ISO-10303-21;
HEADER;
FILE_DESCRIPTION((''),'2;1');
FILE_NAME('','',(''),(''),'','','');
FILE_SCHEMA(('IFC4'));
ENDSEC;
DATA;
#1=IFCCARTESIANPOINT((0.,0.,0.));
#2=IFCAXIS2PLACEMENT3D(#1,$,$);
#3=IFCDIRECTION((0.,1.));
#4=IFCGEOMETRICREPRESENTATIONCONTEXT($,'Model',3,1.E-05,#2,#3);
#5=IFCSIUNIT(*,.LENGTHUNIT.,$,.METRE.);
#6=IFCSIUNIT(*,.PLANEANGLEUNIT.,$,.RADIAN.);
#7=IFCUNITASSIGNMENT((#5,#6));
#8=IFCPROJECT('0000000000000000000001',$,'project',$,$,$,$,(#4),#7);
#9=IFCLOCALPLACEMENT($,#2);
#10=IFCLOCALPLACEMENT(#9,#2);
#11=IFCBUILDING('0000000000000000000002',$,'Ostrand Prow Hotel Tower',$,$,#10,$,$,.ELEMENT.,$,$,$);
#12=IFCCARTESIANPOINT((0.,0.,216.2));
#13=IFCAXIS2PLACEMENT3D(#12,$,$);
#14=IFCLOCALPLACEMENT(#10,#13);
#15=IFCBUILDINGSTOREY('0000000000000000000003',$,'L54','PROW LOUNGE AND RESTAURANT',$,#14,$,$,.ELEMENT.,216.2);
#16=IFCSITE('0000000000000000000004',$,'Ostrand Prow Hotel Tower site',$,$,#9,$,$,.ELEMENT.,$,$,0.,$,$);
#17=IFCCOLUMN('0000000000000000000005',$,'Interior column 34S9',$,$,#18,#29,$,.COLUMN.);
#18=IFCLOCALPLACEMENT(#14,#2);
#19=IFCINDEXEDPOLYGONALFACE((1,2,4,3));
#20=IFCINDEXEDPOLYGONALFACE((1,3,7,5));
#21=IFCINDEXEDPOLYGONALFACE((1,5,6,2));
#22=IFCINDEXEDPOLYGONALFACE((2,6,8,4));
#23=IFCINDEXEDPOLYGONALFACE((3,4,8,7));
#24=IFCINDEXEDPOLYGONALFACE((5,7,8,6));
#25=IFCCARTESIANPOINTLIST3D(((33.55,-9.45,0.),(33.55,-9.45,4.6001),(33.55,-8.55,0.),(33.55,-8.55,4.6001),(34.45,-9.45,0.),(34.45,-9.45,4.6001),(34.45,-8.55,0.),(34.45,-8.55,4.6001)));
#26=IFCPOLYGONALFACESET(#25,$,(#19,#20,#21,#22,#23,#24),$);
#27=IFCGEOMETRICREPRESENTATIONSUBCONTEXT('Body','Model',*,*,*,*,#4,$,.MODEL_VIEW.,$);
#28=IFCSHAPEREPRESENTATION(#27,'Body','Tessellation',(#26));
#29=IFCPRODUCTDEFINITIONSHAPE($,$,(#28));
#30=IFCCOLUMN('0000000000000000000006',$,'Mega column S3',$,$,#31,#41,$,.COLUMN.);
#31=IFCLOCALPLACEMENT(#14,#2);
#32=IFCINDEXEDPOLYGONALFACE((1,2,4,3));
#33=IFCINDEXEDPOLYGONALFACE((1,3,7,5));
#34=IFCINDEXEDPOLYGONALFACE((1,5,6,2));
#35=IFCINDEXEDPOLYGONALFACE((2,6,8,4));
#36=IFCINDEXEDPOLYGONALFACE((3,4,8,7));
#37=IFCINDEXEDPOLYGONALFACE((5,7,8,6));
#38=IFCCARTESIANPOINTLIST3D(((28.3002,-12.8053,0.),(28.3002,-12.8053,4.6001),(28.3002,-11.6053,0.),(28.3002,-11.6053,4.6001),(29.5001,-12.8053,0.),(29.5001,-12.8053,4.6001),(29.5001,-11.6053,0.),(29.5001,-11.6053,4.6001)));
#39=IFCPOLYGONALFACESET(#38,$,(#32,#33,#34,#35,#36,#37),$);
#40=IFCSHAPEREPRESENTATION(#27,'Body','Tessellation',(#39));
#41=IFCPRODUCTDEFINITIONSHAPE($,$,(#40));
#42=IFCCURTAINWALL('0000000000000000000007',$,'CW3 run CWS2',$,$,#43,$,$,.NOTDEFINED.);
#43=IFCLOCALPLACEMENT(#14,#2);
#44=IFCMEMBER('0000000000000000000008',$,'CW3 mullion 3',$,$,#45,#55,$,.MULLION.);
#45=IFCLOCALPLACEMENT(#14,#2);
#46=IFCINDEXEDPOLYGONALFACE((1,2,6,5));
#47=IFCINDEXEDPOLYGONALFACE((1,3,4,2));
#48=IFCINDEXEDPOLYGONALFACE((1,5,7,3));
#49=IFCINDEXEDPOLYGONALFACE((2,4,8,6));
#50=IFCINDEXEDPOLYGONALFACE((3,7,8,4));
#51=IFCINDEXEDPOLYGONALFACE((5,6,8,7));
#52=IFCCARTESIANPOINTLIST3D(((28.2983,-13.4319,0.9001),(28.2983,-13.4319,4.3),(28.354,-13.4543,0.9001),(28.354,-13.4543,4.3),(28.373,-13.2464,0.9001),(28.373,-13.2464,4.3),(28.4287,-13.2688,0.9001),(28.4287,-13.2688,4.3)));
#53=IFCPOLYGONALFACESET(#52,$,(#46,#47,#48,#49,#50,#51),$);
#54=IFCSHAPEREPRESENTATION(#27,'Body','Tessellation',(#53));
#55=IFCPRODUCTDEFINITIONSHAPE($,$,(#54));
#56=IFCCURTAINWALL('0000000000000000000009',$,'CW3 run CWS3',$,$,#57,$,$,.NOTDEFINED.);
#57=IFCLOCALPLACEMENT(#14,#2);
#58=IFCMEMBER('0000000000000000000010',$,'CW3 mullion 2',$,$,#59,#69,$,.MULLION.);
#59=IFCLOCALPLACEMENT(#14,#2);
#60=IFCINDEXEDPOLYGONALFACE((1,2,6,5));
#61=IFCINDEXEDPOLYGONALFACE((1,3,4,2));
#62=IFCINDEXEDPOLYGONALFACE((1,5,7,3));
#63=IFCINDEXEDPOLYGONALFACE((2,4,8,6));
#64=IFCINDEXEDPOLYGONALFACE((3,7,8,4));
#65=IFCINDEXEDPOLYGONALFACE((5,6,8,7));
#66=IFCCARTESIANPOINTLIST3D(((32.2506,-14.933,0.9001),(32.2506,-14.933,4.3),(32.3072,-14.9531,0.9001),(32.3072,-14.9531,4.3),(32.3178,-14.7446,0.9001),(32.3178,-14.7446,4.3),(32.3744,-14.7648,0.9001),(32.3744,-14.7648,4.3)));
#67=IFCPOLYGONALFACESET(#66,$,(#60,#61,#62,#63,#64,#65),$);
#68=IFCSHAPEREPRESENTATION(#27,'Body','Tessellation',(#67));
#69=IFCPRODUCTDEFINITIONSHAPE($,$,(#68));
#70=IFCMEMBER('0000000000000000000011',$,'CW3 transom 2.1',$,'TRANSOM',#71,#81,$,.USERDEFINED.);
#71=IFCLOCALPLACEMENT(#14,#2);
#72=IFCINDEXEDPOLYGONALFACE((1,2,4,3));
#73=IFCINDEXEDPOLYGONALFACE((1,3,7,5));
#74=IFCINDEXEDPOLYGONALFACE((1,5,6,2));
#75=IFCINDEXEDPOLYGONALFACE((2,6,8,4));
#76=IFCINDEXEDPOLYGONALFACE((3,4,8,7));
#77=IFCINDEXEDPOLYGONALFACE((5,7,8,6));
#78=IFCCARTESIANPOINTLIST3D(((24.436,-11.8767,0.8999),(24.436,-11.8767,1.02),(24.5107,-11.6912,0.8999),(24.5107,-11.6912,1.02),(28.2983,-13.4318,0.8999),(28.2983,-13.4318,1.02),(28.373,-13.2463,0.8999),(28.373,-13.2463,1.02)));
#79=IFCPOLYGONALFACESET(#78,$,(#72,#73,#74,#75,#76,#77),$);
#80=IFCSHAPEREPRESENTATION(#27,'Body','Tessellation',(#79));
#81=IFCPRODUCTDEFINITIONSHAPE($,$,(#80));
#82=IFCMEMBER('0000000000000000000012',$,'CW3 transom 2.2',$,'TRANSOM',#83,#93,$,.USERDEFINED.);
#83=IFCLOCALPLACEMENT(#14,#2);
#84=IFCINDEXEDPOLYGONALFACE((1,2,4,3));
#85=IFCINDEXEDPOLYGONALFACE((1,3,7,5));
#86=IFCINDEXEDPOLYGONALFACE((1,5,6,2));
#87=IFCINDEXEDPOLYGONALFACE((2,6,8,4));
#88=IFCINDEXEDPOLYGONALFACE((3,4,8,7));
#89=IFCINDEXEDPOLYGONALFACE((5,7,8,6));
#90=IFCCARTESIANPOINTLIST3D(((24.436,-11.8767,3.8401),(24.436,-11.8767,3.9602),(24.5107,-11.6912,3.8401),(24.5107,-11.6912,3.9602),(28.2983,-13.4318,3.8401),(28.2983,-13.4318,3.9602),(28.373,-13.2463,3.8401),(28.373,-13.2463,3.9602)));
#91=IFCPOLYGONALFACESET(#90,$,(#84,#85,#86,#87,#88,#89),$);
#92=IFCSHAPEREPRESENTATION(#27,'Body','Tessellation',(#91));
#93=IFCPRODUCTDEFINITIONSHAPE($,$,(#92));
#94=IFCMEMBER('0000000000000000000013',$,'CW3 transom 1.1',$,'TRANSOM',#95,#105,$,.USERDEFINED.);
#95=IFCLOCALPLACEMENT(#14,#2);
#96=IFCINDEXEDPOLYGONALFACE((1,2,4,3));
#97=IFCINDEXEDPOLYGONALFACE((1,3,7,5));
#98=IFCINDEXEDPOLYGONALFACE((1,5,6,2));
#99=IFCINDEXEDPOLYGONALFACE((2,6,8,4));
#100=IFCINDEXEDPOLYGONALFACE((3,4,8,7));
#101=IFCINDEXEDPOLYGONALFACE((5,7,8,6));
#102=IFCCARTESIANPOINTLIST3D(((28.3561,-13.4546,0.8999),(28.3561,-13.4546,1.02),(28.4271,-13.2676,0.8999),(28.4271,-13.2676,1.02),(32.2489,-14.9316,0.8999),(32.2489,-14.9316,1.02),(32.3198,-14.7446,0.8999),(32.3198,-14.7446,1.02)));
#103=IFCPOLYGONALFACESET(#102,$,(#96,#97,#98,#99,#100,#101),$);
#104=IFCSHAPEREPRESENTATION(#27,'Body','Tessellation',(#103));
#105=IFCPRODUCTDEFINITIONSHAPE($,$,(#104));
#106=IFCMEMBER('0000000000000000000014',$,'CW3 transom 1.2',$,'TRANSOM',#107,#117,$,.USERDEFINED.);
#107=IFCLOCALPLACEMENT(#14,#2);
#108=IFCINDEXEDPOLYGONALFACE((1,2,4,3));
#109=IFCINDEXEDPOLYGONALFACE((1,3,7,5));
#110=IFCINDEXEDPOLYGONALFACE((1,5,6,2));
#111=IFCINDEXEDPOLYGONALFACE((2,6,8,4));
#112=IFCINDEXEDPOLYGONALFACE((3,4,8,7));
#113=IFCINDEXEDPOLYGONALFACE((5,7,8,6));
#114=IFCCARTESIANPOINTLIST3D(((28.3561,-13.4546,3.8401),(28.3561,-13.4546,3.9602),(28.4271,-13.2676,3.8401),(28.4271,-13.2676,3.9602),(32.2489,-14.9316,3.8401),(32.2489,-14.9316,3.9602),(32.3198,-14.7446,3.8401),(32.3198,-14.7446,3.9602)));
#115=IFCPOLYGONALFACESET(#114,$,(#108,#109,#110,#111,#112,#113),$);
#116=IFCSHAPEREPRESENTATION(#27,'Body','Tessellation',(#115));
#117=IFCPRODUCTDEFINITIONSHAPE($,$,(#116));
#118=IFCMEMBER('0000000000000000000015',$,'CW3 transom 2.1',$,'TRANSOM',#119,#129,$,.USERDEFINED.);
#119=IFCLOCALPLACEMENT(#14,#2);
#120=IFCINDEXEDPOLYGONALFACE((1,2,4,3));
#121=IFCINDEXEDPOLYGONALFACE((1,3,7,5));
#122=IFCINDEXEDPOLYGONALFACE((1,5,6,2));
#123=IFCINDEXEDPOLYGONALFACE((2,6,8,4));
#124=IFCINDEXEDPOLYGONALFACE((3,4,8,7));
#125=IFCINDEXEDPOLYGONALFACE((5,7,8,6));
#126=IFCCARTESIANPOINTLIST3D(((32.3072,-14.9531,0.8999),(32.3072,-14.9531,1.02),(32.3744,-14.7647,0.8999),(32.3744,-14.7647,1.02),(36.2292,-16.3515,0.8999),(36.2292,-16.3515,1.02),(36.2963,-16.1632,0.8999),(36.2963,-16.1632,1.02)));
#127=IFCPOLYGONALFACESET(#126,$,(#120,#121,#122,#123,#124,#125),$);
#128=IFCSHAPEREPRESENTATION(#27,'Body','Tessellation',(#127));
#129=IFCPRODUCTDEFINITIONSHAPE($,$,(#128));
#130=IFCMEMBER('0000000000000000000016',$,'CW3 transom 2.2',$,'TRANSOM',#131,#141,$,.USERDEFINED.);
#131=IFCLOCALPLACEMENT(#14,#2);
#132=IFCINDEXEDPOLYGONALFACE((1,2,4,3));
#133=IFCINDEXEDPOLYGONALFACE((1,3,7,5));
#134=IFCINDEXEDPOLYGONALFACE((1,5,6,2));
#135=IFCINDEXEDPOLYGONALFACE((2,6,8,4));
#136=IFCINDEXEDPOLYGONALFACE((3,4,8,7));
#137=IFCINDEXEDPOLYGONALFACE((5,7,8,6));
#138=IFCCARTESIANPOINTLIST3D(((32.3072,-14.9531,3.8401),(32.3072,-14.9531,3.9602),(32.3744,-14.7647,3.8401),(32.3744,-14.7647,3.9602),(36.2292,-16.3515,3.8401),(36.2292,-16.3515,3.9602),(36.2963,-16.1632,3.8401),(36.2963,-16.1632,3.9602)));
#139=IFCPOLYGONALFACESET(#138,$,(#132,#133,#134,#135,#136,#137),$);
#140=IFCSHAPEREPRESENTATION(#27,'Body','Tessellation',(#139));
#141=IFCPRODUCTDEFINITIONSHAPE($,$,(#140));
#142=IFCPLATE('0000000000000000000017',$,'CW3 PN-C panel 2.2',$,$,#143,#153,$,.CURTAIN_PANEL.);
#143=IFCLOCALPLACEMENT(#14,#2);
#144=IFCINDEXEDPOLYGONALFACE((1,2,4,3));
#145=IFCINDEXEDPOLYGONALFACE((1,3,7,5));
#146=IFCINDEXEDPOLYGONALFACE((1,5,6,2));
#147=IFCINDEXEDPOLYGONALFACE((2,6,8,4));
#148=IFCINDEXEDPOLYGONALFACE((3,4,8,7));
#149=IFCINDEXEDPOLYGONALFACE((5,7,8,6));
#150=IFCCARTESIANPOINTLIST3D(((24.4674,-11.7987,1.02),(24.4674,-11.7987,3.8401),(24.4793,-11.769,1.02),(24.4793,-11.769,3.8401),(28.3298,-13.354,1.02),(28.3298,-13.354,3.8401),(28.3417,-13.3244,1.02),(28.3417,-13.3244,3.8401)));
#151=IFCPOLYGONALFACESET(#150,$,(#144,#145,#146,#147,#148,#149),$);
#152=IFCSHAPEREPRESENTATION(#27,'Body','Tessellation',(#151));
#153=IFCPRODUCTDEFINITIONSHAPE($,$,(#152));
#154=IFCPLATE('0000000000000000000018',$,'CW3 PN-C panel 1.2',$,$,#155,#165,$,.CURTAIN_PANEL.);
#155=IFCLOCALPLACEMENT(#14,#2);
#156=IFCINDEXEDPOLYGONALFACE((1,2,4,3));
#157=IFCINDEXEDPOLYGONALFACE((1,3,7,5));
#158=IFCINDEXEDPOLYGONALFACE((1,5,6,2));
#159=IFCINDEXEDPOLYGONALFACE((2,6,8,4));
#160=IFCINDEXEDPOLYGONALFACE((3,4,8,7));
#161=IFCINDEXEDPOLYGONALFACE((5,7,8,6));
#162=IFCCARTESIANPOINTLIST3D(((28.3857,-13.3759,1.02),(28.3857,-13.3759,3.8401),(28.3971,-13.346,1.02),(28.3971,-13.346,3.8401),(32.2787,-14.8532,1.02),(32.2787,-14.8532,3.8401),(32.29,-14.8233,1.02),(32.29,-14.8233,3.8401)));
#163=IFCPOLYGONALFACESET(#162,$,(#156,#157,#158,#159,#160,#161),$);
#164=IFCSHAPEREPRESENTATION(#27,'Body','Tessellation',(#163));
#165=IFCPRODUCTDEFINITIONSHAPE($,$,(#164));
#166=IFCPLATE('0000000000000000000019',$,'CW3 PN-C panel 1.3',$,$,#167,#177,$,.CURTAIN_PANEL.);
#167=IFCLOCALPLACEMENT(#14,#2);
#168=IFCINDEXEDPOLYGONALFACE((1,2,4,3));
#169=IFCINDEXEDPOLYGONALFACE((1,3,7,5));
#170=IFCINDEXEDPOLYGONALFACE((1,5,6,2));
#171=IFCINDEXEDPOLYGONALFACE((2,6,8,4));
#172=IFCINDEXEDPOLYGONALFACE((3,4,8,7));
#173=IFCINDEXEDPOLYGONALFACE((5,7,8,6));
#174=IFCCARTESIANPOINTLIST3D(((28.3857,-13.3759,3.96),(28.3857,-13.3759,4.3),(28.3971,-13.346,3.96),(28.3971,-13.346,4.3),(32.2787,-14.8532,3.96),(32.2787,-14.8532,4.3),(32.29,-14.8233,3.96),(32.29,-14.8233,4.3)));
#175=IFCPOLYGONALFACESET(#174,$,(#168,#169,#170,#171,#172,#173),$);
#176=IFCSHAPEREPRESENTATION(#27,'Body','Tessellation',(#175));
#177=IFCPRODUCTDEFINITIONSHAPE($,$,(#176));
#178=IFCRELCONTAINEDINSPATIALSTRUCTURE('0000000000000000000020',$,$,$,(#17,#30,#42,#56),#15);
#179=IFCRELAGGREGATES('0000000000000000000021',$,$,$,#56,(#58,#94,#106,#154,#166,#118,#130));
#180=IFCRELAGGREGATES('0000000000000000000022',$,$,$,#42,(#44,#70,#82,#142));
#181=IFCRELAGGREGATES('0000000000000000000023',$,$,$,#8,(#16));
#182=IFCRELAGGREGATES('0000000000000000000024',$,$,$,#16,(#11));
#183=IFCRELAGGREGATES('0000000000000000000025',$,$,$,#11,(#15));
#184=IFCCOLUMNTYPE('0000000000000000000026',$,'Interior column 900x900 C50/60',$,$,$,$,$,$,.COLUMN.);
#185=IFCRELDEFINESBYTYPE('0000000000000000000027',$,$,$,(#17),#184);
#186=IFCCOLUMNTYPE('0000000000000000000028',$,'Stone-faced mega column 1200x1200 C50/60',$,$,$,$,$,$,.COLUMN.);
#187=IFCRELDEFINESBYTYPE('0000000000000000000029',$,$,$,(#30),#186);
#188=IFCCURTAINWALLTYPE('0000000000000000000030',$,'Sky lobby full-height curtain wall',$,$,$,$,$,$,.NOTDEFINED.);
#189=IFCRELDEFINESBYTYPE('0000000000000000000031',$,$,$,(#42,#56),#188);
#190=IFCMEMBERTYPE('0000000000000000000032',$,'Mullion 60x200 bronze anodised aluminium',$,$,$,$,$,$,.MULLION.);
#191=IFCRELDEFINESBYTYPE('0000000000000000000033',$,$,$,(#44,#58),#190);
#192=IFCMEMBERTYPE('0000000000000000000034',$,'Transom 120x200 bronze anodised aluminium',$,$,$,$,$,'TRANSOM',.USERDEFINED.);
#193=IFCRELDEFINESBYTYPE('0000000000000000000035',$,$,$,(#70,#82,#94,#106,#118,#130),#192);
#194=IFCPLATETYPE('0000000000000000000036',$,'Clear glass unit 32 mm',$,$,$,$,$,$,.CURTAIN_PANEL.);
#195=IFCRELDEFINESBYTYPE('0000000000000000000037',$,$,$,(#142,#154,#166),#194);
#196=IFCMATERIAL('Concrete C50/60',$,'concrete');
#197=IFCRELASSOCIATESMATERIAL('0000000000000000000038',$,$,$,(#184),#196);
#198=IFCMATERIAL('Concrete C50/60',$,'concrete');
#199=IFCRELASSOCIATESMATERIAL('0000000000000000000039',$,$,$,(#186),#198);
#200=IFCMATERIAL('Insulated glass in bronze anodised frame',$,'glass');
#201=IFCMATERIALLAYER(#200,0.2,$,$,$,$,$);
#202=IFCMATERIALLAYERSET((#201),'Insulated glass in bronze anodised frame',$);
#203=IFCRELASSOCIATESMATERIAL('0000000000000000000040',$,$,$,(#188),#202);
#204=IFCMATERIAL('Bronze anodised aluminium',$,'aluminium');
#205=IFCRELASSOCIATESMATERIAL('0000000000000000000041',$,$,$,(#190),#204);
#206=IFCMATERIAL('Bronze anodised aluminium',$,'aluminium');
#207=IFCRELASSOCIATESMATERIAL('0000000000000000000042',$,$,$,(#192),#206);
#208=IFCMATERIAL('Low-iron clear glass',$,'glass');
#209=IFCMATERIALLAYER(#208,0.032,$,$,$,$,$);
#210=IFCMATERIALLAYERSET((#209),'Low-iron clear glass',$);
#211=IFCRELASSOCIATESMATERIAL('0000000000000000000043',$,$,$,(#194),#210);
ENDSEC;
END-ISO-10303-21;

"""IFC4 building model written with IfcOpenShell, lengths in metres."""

from ifc_helpers import new_model, si_unit, direction, frame, origin, origin_2d, place, context, subcontext, project, spatial, rectangle, extrude, material, layer, layer_set, material_profile, profile_set, type_object, element, aggregate, save


model = new_model("IFC4")

# Units and contexts
model_context = context("Model", 3, precision=1e-05, world=origin(), true_north=direction((0.0, 1.0)))
body_context = subcontext(model_context, "Body", "Model", "MODEL_VIEW")
ifc_project = project(units=[si_unit("LENGTHUNIT", "METRE"), si_unit("PLANEANGLEUNIT", "RADIAN")], contexts=[model_context])

# Site, building, storey
site_placement = place(None, origin())
site = spatial("IfcSite", under=ifc_project, at=site_placement, Name="Ostrand Prow Hotel Tower site", CompositionType="ELEMENT", RefElevation=0.0)
building_placement = place(site_placement, origin())
building = spatial("IfcBuilding", under=site, at=building_placement, Name="Ostrand Prow Hotel Tower", CompositionType="ELEMENT")
storey_placement = place(building_placement, frame((0.0, 0.0, 216.2)))
storey = spatial("IfcBuildingStorey", under=building, at=storey_placement, Name="L54", Description="PROW LOUNGE AND RESTAURANT", CompositionType="ELEMENT", Elevation=216.2)

# Columns
ifc_material_1 = material(Name="Concrete C50/60", Category="concrete")
ifc_material_profile_1 = material_profile(ifc_material_1, rectangle(XDim=0.8999, YDim=0.8999, at=origin_2d()), Name="RC 900x900")
ifc_profile_set_1 = profile_set([ifc_material_profile_1], Name="Concrete C50/60")
column_type_1 = type_object("IfcColumnType", Name="Interior column 900x900 C50/60", PredefinedType="COLUMN", material=ifc_profile_set_1)
column_1_placement = place(storey_placement, frame((34.0, -9.0, 0.0), z_axis=(0.0, 0.0, 1.0), x_axis=(1.0, 0.0, 0.0)))
element("IfcColumn", 1, at=column_1_placement, inside=storey, type_object=column_type_1, Name="Interior column 34S9", PredefinedType="COLUMN", context=body_context, shape_type="SweptSolid", body=[
    extrude(rectangle(XDim=0.8999, YDim=0.8999, at=origin_2d()), origin(), (0.0, 0.0, 1.0), 4.6001),
])
ifc_material_2 = material(Name="Concrete C50/60", Category="concrete")
ifc_material_profile_2 = material_profile(ifc_material_2, rectangle(XDim=1.2, YDim=1.2, at=origin_2d()), Name="RC 1200x1200")
ifc_profile_set_2 = profile_set([ifc_material_profile_2], Name="Concrete C50/60")
column_type_2 = type_object("IfcColumnType", Name="Stone-faced mega column 1200x1200 C50/60", PredefinedType="COLUMN", material=ifc_profile_set_2)
column_2_placement = place(storey_placement, frame((28.9001, -12.2053, 0.0), z_axis=(0.0, 0.0, 1.0), x_axis=(1.0, 0.0, 0.0)))
element("IfcColumn", 2, at=column_2_placement, inside=storey, type_object=column_type_2, Name="Mega column S3", PredefinedType="COLUMN", context=body_context, shape_type="SweptSolid", body=[
    extrude(rectangle(XDim=1.2, YDim=1.2, at=origin_2d()), origin(), (0.0, 0.0, 1.0), 4.6001),
])

# Curtain walls, members
ifc_material_3 = material(Name="Insulated glass in bronze anodised frame", Category="glass")
ifc_layer_1 = layer(ifc_material_3, 0.2)
ifc_layer_set_1 = layer_set([ifc_layer_1], Name="Insulated glass in bronze anodised frame")
curtain_wall_type = type_object("IfcCurtainWallType", Name="Sky lobby full-height curtain wall", PredefinedType="NOTDEFINED", material=ifc_layer_set_1)
curtain_wall_1_placement = place(storey_placement, origin())
curtain_wall_1 = element("IfcCurtainWall", 3, at=curtain_wall_1_placement, inside=storey, type_object=curtain_wall_type, Name="CW3 run CWS2", PredefinedType="NOTDEFINED")
ifc_material_4 = material(Name="Bronze anodised aluminium", Category="aluminium")
ifc_material_profile_3 = material_profile(ifc_material_4, rectangle(XDim=0.2, YDim=0.0601, at=origin_2d()), Name="Mullion 60x200 bronze anodised aluminium")
ifc_profile_set_3 = profile_set([ifc_material_profile_3], Name="Bronze anodised aluminium")
member_type_1 = type_object("IfcMemberType", Name="Mullion 60x200 bronze anodised aluminium", PredefinedType="MULLION", material=ifc_profile_set_3)
member_1_placement = place(storey_placement, frame((28.3635, -13.3503, 0.9001), z_axis=(0.0, 0.0, 1.0), x_axis=(0.373533, 0.927617, 0.0)))
member_1 = element("IfcMember", 4, at=member_1_placement, type_object=member_type_1, Name="CW3 mullion 3", PredefinedType="MULLION", context=body_context, shape_type="SweptSolid", body=[
    extrude(rectangle(XDim=0.2, YDim=0.0601, at=origin_2d()), origin(), (0.0, 0.0, 1.0), 3.3999),
])
curtain_wall_2_placement = place(storey_placement, origin())
curtain_wall_2 = element("IfcCurtainWall", 5, at=curtain_wall_2_placement, inside=storey, type_object=curtain_wall_type, Name="CW3 run CWS3", PredefinedType="NOTDEFINED")
member_2_placement = place(storey_placement, frame((32.3125, -14.8489, 0.9001), z_axis=(0.0, 0.0, 1.0), x_axis=(0.335877, 0.941906, 0.0)))
member_2 = element("IfcMember", 6, at=member_2_placement, type_object=member_type_1, Name="CW3 mullion 2", PredefinedType="MULLION", context=body_context, shape_type="SweptSolid", body=[
    extrude(rectangle(XDim=0.2, YDim=0.0601, at=origin_2d()), origin(), (0.0, 0.0, 1.0), 3.3999),
])

# Members
ifc_material_5 = material(Name="Bronze anodised aluminium", Category="aluminium")
ifc_material_profile_4 = material_profile(ifc_material_5, rectangle(XDim=0.2, YDim=0.1201, at=origin_2d()), Name="Transom 120x200 bronze anodised aluminium")
ifc_profile_set_4 = profile_set([ifc_material_profile_4], Name="Bronze anodised aluminium")
member_type_2 = type_object("IfcMemberType", Name="Transom 120x200 bronze anodised aluminium", ElementType="TRANSOM", PredefinedType="USERDEFINED", material=ifc_profile_set_4)
member_3_placement = place(storey_placement, frame((24.4734, -11.7839, 0.96), z_axis=(0.927625, -0.373513, 0.0), x_axis=(0.373513, 0.927625, 0.0)))
member_3 = element("IfcMember", 7, at=member_3_placement, type_object=member_type_2, Name="CW3 transom 2.1", ObjectType="TRANSOM", PredefinedType="USERDEFINED", context=body_context, shape_type="SweptSolid", body=[
    extrude(rectangle(XDim=0.2, YDim=0.1201, at=origin_2d()), origin(), (0.0, 0.0, 1.0), 4.1636),
])
member_4_placement = place(storey_placement, frame((24.4734, -11.7839, 3.9001), z_axis=(0.927625, -0.373513, 0.0), x_axis=(0.373513, 0.927625, 0.0)))
member_4 = element("IfcMember", 8, at=member_4_placement, type_object=member_type_2, Name="CW3 transom 2.2", ObjectType="TRANSOM", PredefinedType="USERDEFINED", context=body_context, shape_type="SweptSolid", body=[
    extrude(rectangle(XDim=0.2, YDim=0.1201, at=origin_2d()), origin(), (0.0, 0.0, 1.0), 4.1636),
])
member_5_placement = place(storey_placement, frame((28.3916, -13.3611, 0.96), z_axis=(0.934961, -0.354751, 0.0), x_axis=(0.354751, 0.934961, 0.0)))
member_5 = element("IfcMember", 9, at=member_5_placement, type_object=member_type_2, Name="CW3 transom 1.1", ObjectType="TRANSOM", PredefinedType="USERDEFINED", context=body_context, shape_type="SweptSolid", body=[
    extrude(rectangle(XDim=0.2, YDim=0.1201, at=origin_2d()), origin(), (0.0, 0.0, 1.0), 4.1636),
])
member_6_placement = place(storey_placement, frame((28.3916, -13.3611, 3.9001), z_axis=(0.934961, -0.354751, 0.0), x_axis=(0.354751, 0.934961, 0.0)))
member_6 = element("IfcMember", 10, at=member_6_placement, type_object=member_type_2, Name="CW3 transom 1.2", ObjectType="TRANSOM", PredefinedType="USERDEFINED", context=body_context, shape_type="SweptSolid", body=[
    extrude(rectangle(XDim=0.2, YDim=0.1201, at=origin_2d()), origin(), (0.0, 0.0, 1.0), 4.1636),
])
member_7_placement = place(storey_placement, frame((32.3408, -14.8589, 0.96), z_axis=(0.941912, -0.335861, 0.0), x_axis=(0.335861, 0.941912, 0.0)))
member_7 = element("IfcMember", 11, at=member_7_placement, type_object=member_type_2, Name="CW3 transom 2.1", ObjectType="TRANSOM", PredefinedType="USERDEFINED", context=body_context, shape_type="SweptSolid", body=[
    extrude(rectangle(XDim=0.2, YDim=0.1201, at=origin_2d()), origin(), (0.0, 0.0, 1.0), 4.1638),
])
member_8_placement = place(storey_placement, frame((32.3408, -14.8589, 3.9001), z_axis=(0.941912, -0.335861, 0.0), x_axis=(0.335861, 0.941912, 0.0)))
member_8 = element("IfcMember", 12, at=member_8_placement, type_object=member_type_2, Name="CW3 transom 2.2", ObjectType="TRANSOM", PredefinedType="USERDEFINED", context=body_context, shape_type="SweptSolid", body=[
    extrude(rectangle(XDim=0.2, YDim=0.1201, at=origin_2d()), origin(), (0.0, 0.0, 1.0), 4.1638),
])

# Plates
ifc_material_6 = material(Name="Low-iron clear glass", Category="glass")
ifc_layer_2 = layer(ifc_material_6, 0.032)
ifc_layer_set_2 = layer_set([ifc_layer_2], Name="Low-iron clear glass")
plate_type_1 = type_object("IfcPlateType", Name="Clear glass unit 32 mm", PredefinedType="CURTAIN_PANEL", material=ifc_layer_set_2)
plate_1_placement = place(storey_placement, frame((26.4045, -12.5615, 1.02), z_axis=(0.0, 0.0, 1.0), x_axis=(0.927617, -0.373533, 0.0)))
plate_1 = element("IfcPlate", 13, at=plate_1_placement, type_object=plate_type_1, Name="CW3 PN-C panel 2.2", PredefinedType="CURTAIN_PANEL", context=body_context, shape_type="SweptSolid", body=[
    extrude(rectangle(XDim=4.1638, YDim=0.032, at=origin_2d()), origin(), (0.0, 0.0, 1.0), 2.8201),
])
plate_2_placement = place(storey_placement, frame((30.3379, -14.0996, 1.02), z_axis=(0.0, 0.0, 1.0), x_axis=(0.934951, -0.354777, 0.0)))
plate_2 = element("IfcPlate", 14, at=plate_2_placement, type_object=plate_type_1, Name="CW3 PN-C panel 1.2", PredefinedType="CURTAIN_PANEL", context=body_context, shape_type="SweptSolid", body=[
    extrude(rectangle(XDim=4.1638, YDim=0.032, at=origin_2d()), origin(), (0.0, 0.0, 1.0), 2.8201),
])
plate_3_placement = place(storey_placement, frame((30.3379, -14.0996, 3.96), z_axis=(0.0, 0.0, 1.0), x_axis=(0.934951, -0.354777, 0.0)))
plate_3 = element("IfcPlate", 15, at=plate_3_placement, type_object=plate_type_1, Name="CW3 PN-C panel 1.3", PredefinedType="CURTAIN_PANEL", context=body_context, shape_type="SweptSolid", body=[
    extrude(rectangle(XDim=4.1638, YDim=0.032, at=origin_2d()), origin(), (0.0, 0.0, 1.0), 0.3401),
])
aggregate(curtain_wall_2, [member_2, member_5, member_6, plate_2, plate_3, member_7, member_8])
aggregate(curtain_wall_1, [member_1, member_3, member_4, plate_1])

save(model, "model.ifc")
